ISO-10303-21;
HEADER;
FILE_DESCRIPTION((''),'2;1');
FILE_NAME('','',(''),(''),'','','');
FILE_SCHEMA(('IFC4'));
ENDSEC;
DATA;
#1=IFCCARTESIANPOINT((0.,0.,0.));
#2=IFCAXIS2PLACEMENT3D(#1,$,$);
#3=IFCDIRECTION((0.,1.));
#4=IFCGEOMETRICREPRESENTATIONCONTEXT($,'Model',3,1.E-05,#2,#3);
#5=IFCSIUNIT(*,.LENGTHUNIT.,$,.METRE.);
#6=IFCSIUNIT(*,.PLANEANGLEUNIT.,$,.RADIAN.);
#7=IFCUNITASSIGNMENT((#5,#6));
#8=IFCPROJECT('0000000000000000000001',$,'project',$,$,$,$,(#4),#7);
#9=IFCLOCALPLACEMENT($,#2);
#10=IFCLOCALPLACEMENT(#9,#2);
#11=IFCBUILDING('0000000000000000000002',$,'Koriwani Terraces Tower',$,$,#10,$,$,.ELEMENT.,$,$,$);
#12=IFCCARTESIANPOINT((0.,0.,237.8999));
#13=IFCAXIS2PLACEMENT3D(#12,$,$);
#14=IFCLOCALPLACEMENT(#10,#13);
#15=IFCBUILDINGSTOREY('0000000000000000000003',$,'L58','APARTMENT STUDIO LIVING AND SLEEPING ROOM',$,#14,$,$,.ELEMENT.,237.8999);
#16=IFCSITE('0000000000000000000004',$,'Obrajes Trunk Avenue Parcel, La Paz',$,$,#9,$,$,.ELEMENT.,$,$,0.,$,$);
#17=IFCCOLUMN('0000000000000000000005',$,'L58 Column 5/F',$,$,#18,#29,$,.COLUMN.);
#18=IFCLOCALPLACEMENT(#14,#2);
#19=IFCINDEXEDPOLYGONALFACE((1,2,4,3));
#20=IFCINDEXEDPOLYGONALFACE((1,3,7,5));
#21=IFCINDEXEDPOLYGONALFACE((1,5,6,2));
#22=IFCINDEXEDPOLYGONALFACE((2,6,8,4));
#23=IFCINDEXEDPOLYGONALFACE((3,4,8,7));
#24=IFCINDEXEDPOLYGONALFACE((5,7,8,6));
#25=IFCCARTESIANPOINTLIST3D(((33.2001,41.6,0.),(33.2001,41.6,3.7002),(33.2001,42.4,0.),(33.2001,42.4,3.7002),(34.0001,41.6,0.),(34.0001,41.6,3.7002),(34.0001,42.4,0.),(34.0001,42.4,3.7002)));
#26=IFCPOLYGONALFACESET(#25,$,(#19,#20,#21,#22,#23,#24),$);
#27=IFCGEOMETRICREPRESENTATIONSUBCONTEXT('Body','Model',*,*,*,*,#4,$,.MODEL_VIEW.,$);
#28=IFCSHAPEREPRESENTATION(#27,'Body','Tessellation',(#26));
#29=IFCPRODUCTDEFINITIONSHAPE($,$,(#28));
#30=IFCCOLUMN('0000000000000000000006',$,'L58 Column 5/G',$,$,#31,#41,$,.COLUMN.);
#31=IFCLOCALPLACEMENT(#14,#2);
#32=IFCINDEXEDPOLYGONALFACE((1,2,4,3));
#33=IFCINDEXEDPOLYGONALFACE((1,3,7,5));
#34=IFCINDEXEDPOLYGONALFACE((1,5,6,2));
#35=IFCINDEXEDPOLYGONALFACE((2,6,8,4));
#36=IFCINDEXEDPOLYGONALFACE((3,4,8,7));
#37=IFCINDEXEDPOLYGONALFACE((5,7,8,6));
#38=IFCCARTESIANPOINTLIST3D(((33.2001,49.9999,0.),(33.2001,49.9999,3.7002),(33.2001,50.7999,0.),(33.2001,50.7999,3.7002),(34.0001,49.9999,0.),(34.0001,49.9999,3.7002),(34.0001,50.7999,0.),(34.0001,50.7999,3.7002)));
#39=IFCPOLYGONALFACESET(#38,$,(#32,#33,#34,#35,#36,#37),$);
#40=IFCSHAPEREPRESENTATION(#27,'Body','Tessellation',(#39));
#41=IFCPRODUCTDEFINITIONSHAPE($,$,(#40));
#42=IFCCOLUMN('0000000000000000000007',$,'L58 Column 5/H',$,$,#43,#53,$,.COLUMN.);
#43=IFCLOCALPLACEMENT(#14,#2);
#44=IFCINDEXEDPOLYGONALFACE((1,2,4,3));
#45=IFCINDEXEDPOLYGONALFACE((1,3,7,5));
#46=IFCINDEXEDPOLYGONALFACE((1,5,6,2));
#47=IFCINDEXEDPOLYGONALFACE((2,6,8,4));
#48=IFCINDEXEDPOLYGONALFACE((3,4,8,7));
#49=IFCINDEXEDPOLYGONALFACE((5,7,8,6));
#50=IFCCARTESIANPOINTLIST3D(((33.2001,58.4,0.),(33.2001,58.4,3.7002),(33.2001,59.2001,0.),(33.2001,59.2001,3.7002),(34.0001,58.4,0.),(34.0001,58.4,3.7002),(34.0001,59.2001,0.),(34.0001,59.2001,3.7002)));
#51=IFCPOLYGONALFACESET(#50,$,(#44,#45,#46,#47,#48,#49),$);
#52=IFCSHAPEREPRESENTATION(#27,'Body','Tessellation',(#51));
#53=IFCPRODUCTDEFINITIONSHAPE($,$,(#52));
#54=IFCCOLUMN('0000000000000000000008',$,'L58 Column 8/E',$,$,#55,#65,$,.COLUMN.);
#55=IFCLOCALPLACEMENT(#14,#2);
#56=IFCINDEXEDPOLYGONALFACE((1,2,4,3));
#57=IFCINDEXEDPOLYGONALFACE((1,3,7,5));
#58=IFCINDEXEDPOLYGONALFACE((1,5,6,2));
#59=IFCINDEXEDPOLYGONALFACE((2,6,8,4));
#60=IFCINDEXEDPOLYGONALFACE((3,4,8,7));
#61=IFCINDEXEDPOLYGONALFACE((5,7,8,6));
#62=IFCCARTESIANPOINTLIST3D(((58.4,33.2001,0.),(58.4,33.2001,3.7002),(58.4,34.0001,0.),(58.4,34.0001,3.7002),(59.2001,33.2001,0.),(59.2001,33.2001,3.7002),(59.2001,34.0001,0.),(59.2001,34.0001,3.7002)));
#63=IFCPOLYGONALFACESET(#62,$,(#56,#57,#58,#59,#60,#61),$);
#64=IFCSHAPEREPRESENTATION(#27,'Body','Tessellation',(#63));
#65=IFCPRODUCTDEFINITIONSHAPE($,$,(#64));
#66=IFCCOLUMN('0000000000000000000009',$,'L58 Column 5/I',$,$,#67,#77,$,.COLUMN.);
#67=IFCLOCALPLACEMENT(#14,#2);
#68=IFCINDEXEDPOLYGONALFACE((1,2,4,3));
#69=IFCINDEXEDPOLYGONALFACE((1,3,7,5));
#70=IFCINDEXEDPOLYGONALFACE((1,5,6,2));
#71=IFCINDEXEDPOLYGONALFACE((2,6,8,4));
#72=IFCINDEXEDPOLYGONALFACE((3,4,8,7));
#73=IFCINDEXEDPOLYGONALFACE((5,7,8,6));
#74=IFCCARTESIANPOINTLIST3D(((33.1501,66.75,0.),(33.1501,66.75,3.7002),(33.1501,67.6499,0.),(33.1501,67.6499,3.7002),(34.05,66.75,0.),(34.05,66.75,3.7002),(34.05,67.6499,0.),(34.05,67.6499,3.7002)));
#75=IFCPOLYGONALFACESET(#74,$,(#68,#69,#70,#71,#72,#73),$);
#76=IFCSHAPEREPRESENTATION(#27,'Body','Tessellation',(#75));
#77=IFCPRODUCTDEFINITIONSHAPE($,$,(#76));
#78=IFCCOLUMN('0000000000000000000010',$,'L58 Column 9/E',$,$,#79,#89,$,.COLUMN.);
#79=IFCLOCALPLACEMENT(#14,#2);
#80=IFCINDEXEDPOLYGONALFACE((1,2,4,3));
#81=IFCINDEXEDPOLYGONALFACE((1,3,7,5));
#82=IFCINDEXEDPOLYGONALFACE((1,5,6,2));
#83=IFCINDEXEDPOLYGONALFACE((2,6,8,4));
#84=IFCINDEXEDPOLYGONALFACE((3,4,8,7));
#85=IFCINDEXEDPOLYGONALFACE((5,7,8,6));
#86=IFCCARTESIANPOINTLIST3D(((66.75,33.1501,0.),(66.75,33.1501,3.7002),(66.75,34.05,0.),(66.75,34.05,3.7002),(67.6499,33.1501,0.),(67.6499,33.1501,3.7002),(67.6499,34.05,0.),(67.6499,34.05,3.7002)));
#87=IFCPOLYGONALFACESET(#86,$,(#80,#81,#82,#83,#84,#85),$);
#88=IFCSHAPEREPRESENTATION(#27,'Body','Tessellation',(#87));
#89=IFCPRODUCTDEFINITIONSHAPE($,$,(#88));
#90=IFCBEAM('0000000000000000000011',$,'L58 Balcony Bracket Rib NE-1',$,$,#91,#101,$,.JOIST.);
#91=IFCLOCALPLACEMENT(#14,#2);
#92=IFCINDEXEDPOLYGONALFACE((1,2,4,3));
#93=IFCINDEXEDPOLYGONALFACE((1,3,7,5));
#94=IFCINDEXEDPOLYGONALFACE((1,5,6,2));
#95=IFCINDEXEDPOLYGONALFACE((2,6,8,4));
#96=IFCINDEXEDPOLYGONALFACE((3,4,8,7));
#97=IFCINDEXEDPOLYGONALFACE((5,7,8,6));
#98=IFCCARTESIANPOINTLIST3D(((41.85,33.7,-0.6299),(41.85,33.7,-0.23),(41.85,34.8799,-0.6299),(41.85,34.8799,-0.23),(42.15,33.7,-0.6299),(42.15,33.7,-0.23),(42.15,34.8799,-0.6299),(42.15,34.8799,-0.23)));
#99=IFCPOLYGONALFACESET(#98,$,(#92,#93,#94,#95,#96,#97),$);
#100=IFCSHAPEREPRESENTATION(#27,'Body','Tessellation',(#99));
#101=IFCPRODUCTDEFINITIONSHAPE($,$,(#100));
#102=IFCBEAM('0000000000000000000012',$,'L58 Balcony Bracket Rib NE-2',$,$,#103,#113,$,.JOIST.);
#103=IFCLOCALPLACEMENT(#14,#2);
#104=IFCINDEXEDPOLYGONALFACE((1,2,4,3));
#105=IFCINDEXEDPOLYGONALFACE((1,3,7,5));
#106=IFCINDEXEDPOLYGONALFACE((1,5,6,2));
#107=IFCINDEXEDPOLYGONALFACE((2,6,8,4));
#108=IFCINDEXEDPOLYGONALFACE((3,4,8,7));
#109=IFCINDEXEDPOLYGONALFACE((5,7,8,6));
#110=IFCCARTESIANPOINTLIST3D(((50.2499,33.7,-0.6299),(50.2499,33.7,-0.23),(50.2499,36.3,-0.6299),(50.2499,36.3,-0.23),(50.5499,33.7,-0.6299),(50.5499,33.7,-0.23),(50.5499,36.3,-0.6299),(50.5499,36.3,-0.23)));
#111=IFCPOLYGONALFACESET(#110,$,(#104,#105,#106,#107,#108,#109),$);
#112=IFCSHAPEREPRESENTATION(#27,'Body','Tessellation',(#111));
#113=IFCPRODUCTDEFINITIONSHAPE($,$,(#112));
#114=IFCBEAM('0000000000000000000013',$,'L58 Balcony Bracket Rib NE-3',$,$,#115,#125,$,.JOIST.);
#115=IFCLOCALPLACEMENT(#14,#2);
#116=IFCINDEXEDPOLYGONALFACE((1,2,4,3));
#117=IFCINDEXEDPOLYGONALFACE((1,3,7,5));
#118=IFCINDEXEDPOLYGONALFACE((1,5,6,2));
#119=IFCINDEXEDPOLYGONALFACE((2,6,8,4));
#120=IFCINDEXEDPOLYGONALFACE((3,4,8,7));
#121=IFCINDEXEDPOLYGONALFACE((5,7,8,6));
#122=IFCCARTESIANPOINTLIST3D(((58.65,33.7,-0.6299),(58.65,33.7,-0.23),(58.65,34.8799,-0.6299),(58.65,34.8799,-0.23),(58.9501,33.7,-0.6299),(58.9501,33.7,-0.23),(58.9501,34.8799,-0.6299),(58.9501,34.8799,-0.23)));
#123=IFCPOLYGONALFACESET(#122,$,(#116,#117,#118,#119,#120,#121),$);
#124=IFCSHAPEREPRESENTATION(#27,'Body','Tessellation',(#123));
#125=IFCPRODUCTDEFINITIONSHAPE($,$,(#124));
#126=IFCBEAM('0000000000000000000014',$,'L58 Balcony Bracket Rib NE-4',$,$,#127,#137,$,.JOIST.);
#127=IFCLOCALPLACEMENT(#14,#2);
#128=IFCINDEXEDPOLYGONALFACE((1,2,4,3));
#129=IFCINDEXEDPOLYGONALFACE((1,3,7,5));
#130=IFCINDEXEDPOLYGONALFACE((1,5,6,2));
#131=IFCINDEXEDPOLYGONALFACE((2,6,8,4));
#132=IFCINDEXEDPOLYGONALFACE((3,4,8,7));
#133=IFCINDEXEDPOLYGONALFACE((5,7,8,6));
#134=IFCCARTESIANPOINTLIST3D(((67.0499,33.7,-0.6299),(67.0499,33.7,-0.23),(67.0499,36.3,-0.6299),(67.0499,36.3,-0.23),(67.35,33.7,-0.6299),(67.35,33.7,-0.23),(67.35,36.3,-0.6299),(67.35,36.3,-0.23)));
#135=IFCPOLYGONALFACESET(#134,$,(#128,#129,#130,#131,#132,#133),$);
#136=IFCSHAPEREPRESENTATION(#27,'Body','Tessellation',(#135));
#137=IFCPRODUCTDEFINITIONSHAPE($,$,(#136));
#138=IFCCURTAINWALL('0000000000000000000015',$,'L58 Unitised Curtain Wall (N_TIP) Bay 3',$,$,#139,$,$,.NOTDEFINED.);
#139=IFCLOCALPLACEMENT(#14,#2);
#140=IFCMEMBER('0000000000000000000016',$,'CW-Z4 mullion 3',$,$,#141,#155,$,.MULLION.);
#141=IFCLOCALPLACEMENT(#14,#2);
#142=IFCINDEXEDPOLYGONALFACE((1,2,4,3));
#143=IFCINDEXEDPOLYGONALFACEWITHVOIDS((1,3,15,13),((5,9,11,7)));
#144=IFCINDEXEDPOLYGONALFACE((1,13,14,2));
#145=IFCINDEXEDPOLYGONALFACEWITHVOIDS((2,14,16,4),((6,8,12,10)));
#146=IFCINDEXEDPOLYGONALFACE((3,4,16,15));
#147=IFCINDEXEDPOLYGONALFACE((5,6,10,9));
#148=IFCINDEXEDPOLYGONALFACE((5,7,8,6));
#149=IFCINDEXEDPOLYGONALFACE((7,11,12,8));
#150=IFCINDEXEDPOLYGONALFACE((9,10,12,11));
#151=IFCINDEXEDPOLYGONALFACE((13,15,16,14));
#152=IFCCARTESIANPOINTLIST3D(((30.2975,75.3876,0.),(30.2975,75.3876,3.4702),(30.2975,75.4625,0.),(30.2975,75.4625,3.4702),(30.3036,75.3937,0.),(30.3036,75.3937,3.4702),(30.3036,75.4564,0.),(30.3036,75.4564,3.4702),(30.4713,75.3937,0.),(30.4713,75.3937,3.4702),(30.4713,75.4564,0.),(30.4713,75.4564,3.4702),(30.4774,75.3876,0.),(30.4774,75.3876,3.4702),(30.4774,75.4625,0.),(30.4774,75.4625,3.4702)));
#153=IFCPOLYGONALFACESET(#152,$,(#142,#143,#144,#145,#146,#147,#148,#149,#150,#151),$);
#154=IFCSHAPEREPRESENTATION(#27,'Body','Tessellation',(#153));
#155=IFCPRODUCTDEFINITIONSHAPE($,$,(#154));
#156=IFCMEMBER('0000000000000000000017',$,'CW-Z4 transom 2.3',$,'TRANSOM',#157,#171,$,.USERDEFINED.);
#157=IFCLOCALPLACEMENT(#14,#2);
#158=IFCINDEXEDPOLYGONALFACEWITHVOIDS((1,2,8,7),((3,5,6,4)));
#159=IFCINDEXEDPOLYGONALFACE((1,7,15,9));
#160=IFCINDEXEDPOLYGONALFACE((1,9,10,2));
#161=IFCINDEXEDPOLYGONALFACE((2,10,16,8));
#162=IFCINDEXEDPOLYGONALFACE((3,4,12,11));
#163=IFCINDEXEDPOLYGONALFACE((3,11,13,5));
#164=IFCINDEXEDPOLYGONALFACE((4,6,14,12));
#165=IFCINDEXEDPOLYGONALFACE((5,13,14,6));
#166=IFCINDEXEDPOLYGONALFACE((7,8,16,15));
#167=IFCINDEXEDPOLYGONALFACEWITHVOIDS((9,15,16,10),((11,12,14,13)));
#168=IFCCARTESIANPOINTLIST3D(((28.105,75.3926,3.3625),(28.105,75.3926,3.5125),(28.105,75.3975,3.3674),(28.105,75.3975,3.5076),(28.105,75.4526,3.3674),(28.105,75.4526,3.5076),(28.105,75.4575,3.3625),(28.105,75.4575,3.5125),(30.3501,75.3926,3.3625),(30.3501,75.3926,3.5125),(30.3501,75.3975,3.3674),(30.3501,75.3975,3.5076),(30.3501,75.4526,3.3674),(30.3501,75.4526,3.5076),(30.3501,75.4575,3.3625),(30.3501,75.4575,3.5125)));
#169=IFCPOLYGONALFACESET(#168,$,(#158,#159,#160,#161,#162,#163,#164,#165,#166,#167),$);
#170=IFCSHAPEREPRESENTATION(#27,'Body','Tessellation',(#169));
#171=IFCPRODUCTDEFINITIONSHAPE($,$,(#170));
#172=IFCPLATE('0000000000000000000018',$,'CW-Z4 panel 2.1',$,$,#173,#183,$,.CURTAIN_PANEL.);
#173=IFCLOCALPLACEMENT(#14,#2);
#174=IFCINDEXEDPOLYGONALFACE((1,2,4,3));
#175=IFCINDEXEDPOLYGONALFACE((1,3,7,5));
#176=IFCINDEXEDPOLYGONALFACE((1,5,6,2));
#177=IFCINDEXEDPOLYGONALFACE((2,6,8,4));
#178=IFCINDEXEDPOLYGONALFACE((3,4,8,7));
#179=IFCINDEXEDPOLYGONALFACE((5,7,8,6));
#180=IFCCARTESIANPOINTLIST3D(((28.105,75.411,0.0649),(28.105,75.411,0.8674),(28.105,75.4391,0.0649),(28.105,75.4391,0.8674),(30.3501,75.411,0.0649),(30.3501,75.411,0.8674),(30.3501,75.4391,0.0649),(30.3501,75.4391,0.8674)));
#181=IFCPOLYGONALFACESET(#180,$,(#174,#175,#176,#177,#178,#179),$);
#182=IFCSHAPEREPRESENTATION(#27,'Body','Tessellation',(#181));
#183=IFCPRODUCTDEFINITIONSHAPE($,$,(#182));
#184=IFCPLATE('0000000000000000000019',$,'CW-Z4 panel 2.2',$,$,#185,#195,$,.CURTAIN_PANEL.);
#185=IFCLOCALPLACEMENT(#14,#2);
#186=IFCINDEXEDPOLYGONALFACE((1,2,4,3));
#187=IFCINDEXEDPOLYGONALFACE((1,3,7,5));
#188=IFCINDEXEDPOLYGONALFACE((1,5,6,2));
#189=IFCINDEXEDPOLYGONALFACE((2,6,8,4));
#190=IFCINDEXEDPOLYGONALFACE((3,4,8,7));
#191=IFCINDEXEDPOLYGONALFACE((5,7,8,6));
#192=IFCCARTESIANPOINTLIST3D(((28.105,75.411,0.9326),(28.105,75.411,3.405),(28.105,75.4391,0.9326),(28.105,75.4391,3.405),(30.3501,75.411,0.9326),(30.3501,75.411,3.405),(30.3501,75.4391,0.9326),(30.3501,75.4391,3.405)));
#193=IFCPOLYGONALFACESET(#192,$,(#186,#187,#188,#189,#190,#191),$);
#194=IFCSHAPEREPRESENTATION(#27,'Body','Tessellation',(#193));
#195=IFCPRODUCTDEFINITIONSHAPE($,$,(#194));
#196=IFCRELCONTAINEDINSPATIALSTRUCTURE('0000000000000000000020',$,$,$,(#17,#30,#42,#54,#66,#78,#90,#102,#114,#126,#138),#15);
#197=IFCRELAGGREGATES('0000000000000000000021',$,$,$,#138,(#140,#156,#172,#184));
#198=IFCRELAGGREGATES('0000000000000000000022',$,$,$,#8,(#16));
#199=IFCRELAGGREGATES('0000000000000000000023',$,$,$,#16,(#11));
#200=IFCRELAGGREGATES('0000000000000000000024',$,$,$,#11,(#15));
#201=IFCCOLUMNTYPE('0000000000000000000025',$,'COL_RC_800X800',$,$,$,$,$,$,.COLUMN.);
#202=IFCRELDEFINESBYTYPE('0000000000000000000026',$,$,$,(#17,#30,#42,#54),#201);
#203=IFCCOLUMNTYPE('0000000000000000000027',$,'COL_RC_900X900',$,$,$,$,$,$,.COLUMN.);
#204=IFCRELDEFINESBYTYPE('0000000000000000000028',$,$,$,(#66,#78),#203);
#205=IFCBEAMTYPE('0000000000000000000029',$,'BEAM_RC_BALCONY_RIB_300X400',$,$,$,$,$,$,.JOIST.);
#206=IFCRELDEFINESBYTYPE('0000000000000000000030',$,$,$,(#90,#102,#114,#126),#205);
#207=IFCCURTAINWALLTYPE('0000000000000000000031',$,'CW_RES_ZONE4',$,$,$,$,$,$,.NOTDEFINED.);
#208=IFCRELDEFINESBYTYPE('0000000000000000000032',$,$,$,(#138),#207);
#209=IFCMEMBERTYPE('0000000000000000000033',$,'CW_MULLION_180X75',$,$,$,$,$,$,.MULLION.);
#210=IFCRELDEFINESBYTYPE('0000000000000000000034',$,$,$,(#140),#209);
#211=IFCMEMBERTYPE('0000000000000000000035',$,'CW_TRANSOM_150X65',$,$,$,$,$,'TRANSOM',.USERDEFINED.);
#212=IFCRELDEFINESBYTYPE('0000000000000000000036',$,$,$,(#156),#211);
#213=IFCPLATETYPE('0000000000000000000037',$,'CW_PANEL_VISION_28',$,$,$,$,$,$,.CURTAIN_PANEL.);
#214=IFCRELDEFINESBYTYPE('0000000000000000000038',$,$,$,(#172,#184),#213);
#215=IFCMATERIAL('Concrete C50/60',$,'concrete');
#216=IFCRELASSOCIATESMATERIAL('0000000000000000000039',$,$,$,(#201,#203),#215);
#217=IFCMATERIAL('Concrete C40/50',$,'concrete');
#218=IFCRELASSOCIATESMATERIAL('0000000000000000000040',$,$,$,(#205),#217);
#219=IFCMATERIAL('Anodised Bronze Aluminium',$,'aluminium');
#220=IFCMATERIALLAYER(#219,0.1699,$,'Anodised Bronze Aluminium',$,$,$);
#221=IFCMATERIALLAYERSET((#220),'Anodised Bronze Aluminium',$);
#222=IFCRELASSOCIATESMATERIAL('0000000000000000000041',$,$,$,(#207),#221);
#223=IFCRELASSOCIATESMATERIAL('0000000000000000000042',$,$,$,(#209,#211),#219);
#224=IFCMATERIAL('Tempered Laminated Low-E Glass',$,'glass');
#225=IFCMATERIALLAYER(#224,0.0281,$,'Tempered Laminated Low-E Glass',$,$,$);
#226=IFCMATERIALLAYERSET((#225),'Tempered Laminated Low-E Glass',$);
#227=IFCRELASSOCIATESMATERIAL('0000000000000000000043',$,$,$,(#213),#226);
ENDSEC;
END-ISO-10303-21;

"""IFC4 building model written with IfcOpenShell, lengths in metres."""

from ifc_helpers import new_model, si_unit, direction, frame, origin, origin_2d, place, context, subcontext, project, spatial, rectangle, hollow_rectangle, extrude, material, layer, layer_set, material_profile, profile_set, type_object, element, aggregate, save


model = new_model("IFC4")

# Units and contexts
model_context = context("Model", 3, precision=1e-05, world=origin(), true_north=direction((0.0, 1.0)))
body_context = subcontext(model_context, "Body", "Model", "MODEL_VIEW")
ifc_project = project(units=[si_unit("LENGTHUNIT", "METRE"), si_unit("PLANEANGLEUNIT", "RADIAN")], contexts=[model_context])

# Site, building, storey
site_placement = place(None, origin())
site = spatial("IfcSite", under=ifc_project, at=site_placement, Name="Obrajes Trunk Avenue Parcel, La Paz", CompositionType="ELEMENT", RefElevation=0.0)
building_placement = place(site_placement, origin())
building = spatial("IfcBuilding", under=site, at=building_placement, Name="Koriwani Terraces Tower", CompositionType="ELEMENT")
storey_placement = place(building_placement, frame((0.0, 0.0, 237.8999)))
storey = spatial("IfcBuildingStorey", under=building, at=storey_placement, Name="L58", Description="APARTMENT STUDIO LIVING AND SLEEPING ROOM", CompositionType="ELEMENT", Elevation=237.8999)

# Columns
ifc_material_1 = material(Name="Concrete C50/60", Category="concrete")
ifc_material_profile_1 = material_profile(ifc_material_1, rectangle(XDim=0.8, YDim=0.8, at=origin_2d()), Name="Concrete C50/60", Category="LoadBearing")
ifc_profile_set_1 = profile_set([ifc_material_profile_1], Name="Concrete C50/60")
column_type_1 = type_object("IfcColumnType", Name="COL_RC_800X800", PredefinedType="COLUMN", material=ifc_profile_set_1)
for number, where, z_axis, x_axis, name in (
    (1, (33.6001, 42.0, 0.0), (0.0, 0.0, 1.0), (1.0, 0.0, 0.0), "L58 Column 5/F"),
    (2, (33.6001, 50.3999, 0.0), (0.0, 0.0, 1.0), (1.0, 0.0, 0.0), "L58 Column 5/G"),
    (3, (33.6001, 58.8, 0.0), (0.0, 0.0, 1.0), (1.0, 0.0, 0.0), "L58 Column 5/H"),
    (4, (58.8, 33.6001, 0.0), (0.0, 0.0, 1.0), (1.0, 0.0, 0.0), "L58 Column 8/E"),
):
    element("IfcColumn", number, at=place(storey_placement, frame(where, z_axis=z_axis, x_axis=x_axis)), inside=storey, type_object=column_type_1, Name=name, PredefinedType="COLUMN", context=body_context, shape_type="SweptSolid", body=[
        extrude(rectangle(XDim=0.8, YDim=0.8, at=origin_2d()), origin(), (0.0, 0.0, 1.0), 3.7002),
    ])
ifc_material_profile_2 = material_profile(ifc_material_1, rectangle(XDim=0.8999, YDim=0.8999, at=origin_2d()), Name="Concrete C50/60", Category="LoadBearing")
ifc_profile_set_2 = profile_set([ifc_material_profile_2], Name="Concrete C50/60")
column_type_2 = type_object("IfcColumnType", Name="COL_RC_900X900", PredefinedType="COLUMN", material=ifc_profile_set_2)
for number, where, z_axis, x_axis, name in (
    (5, (33.6001, 67.2, 0.0), (0.0, 0.0, 1.0), (1.0, 0.0, 0.0), "L58 Column 5/I"),
    (6, (67.2, 33.6001, 0.0), (0.0, 0.0, 1.0), (1.0, 0.0, 0.0), "L58 Column 9/E"),
):
    element("IfcColumn", number, at=place(storey_placement, frame(where, z_axis=z_axis, x_axis=x_axis)), inside=storey, type_object=column_type_2, Name=name, PredefinedType="COLUMN", context=body_context, shape_type="SweptSolid", body=[
        extrude(rectangle(XDim=0.8999, YDim=0.8999, at=origin_2d()), origin(), (0.0, 0.0, 1.0), 3.7002),
    ])

# Beams
ifc_material_2 = material(Name="Concrete C40/50", Category="concrete")
ifc_material_profile_3 = material_profile(ifc_material_2, rectangle(XDim=0.3, YDim=0.3999, at=origin_2d()), Name="Concrete C40/50", Category="LoadBearing")
ifc_profile_set_3 = profile_set([ifc_material_profile_3], Name="Concrete C40/50")
beam_type = type_object("IfcBeamType", Name="BEAM_RC_BALCONY_RIB_300X400", PredefinedType="JOIST", material=ifc_profile_set_3)
beam_1_placement = place(storey_placement, frame((42.0, 33.7, -0.4299), z_axis=(0.0, 1.0, 0.0), x_axis=(-1.0, 0.0, 0.0)))
element("IfcBeam", 7, at=beam_1_placement, inside=storey, type_object=beam_type, Name="L58 Balcony Bracket Rib NE-1", PredefinedType="JOIST", context=body_context, shape_type="SweptSolid", body=[
    extrude(rectangle(XDim=0.3, YDim=0.3999, at=origin_2d()), origin(), (0.0, 0.0, 1.0), 1.1799),
])
beam_2_placement = place(storey_placement, frame((50.3999, 33.7, -0.4299), z_axis=(0.0, 1.0, 0.0), x_axis=(-1.0, 0.0, 0.0)))
element("IfcBeam", 8, at=beam_2_placement, inside=storey, type_object=beam_type, Name="L58 Balcony Bracket Rib NE-2", PredefinedType="JOIST", context=body_context, shape_type="SweptSolid", body=[
    extrude(rectangle(XDim=0.3, YDim=0.3999, at=origin_2d()), origin(), (0.0, 0.0, 1.0), 2.6001),
])
beam_3_placement = place(storey_placement, frame((58.8, 33.7, -0.4299), z_axis=(0.0, 1.0, 0.0), x_axis=(-1.0, 0.0, 0.0)))
element("IfcBeam", 9, at=beam_3_placement, inside=storey, type_object=beam_type, Name="L58 Balcony Bracket Rib NE-3", PredefinedType="JOIST", context=body_context, shape_type="SweptSolid", body=[
    extrude(rectangle(XDim=0.3, YDim=0.3999, at=origin_2d()), origin(), (0.0, 0.0, 1.0), 1.1799),
])
beam_4_placement = place(storey_placement, frame((67.2, 33.7, -0.4299), z_axis=(0.0, 1.0, 0.0), x_axis=(-1.0, 0.0, 0.0)))
element("IfcBeam", 10, at=beam_4_placement, inside=storey, type_object=beam_type, Name="L58 Balcony Bracket Rib NE-4", PredefinedType="JOIST", context=body_context, shape_type="SweptSolid", body=[
    extrude(rectangle(XDim=0.3, YDim=0.3999, at=origin_2d()), origin(), (0.0, 0.0, 1.0), 2.6001),
])

# Curtain wall, members, plates
ifc_material_3 = material(Name="Anodised Bronze Aluminium", Category="aluminium")
ifc_layer_1 = layer(ifc_material_3, 0.1699, Name="Anodised Bronze Aluminium")
ifc_layer_set_1 = layer_set([ifc_layer_1], Name="Anodised Bronze Aluminium")
curtain_wall_type = type_object("IfcCurtainWallType", Name="CW_RES_ZONE4", PredefinedType="NOTDEFINED", material=ifc_layer_set_1)
curtain_wall_placement = place(storey_placement, origin())
curtain_wall = element("IfcCurtainWall", 11, at=curtain_wall_placement, inside=storey, type_object=curtain_wall_type, Name="L58 Unitised Curtain Wall (N_TIP) Bay 3", PredefinedType="NOTDEFINED")
ifc_material_profile_4 = material_profile(ifc_material_3, hollow_rectangle(XDim=0.075, YDim=0.1799, WallThickness=0.0061, at=origin_2d()), Name="Anodised Bronze Aluminium", Category="LoadBearing")
ifc_profile_set_4 = profile_set([ifc_material_profile_4], Name="Anodised Bronze Aluminium")
member_type_1 = type_object("IfcMemberType", Name="CW_MULLION_180X75", PredefinedType="MULLION", material=ifc_profile_set_4)
member_1_placement = place(storey_placement, frame((30.3875, 75.425, 0.0), z_axis=(0.0, 0.0, 1.0), x_axis=(0.0, 1.0, 0.0)))
member_1 = element("IfcMember", 12, at=member_1_placement, type_object=member_type_1, Name="CW-Z4 mullion 3", PredefinedType="MULLION", context=body_context, shape_type="SweptSolid", body=[
    extrude(hollow_rectangle(XDim=0.075, YDim=0.1799, WallThickness=0.0061, at=origin_2d()), origin(), (0.0, 0.0, 1.0), 3.4702),
])
ifc_material_profile_5 = material_profile(ifc_material_3, hollow_rectangle(XDim=0.0649, YDim=0.1499, WallThickness=0.0049, at=origin_2d()), Name="Anodised Bronze Aluminium", Category="LoadBearing")
ifc_profile_set_5 = profile_set([ifc_material_profile_5], Name="Anodised Bronze Aluminium")
member_type_2 = type_object("IfcMemberType", Name="CW_TRANSOM_150X65", ElementType="TRANSOM", PredefinedType="USERDEFINED", material=ifc_profile_set_5)
member_2_placement = place(storey_placement, frame((28.105, 75.425, 3.4375), z_axis=(1.0, 0.0, 0.0), x_axis=(0.0, 1.0, 0.0)))
member_2 = element("IfcMember", 13, at=member_2_placement, type_object=member_type_2, Name="CW-Z4 transom 2.3", ObjectType="TRANSOM", PredefinedType="USERDEFINED", context=body_context, shape_type="SweptSolid", body=[
    extrude(hollow_rectangle(XDim=0.0649, YDim=0.1499, WallThickness=0.0049, at=origin_2d()), origin(), (0.0, 0.0, 1.0), 2.2451),
])
ifc_material_4 = material(Name="Tempered Laminated Low-E Glass", Category="glass")
ifc_layer_2 = layer(ifc_material_4, 0.0281, Name="Tempered Laminated Low-E Glass")
ifc_layer_set_2 = layer_set([ifc_layer_2], Name="Tempered Laminated Low-E Glass")
plate_type = type_object("IfcPlateType", Name="CW_PANEL_VISION_28", PredefinedType="CURTAIN_PANEL", material=ifc_layer_set_2)
plate_1_placement = place(storey_placement, frame((29.2275, 75.425, 0.0649), z_axis=(0.0, 0.0, 1.0), x_axis=(1.0, 0.0, 0.0)))
plate_1 = element("IfcPlate", 14, at=plate_1_placement, type_object=plate_type, Name="CW-Z4 panel 2.1", PredefinedType="CURTAIN_PANEL", context=body_context, shape_type="SweptSolid", body=[
    extrude(rectangle(XDim=2.2451, YDim=0.0281, at=origin_2d()), origin(), (0.0, 0.0, 1.0), 0.8025),
])
plate_2_placement = place(storey_placement, frame((29.2275, 75.425, 0.9326), z_axis=(0.0, 0.0, 1.0), x_axis=(1.0, 0.0, 0.0)))
plate_2 = element("IfcPlate", 15, at=plate_2_placement, type_object=plate_type, Name="CW-Z4 panel 2.2", PredefinedType="CURTAIN_PANEL", context=body_context, shape_type="SweptSolid", body=[
    extrude(rectangle(XDim=2.2451, YDim=0.0281, at=origin_2d()), origin(), (0.0, 0.0, 1.0), 2.4724),
])
aggregate(curtain_wall, [member_1, member_2, plate_1, plate_2])

save(model, "model.ifc")
